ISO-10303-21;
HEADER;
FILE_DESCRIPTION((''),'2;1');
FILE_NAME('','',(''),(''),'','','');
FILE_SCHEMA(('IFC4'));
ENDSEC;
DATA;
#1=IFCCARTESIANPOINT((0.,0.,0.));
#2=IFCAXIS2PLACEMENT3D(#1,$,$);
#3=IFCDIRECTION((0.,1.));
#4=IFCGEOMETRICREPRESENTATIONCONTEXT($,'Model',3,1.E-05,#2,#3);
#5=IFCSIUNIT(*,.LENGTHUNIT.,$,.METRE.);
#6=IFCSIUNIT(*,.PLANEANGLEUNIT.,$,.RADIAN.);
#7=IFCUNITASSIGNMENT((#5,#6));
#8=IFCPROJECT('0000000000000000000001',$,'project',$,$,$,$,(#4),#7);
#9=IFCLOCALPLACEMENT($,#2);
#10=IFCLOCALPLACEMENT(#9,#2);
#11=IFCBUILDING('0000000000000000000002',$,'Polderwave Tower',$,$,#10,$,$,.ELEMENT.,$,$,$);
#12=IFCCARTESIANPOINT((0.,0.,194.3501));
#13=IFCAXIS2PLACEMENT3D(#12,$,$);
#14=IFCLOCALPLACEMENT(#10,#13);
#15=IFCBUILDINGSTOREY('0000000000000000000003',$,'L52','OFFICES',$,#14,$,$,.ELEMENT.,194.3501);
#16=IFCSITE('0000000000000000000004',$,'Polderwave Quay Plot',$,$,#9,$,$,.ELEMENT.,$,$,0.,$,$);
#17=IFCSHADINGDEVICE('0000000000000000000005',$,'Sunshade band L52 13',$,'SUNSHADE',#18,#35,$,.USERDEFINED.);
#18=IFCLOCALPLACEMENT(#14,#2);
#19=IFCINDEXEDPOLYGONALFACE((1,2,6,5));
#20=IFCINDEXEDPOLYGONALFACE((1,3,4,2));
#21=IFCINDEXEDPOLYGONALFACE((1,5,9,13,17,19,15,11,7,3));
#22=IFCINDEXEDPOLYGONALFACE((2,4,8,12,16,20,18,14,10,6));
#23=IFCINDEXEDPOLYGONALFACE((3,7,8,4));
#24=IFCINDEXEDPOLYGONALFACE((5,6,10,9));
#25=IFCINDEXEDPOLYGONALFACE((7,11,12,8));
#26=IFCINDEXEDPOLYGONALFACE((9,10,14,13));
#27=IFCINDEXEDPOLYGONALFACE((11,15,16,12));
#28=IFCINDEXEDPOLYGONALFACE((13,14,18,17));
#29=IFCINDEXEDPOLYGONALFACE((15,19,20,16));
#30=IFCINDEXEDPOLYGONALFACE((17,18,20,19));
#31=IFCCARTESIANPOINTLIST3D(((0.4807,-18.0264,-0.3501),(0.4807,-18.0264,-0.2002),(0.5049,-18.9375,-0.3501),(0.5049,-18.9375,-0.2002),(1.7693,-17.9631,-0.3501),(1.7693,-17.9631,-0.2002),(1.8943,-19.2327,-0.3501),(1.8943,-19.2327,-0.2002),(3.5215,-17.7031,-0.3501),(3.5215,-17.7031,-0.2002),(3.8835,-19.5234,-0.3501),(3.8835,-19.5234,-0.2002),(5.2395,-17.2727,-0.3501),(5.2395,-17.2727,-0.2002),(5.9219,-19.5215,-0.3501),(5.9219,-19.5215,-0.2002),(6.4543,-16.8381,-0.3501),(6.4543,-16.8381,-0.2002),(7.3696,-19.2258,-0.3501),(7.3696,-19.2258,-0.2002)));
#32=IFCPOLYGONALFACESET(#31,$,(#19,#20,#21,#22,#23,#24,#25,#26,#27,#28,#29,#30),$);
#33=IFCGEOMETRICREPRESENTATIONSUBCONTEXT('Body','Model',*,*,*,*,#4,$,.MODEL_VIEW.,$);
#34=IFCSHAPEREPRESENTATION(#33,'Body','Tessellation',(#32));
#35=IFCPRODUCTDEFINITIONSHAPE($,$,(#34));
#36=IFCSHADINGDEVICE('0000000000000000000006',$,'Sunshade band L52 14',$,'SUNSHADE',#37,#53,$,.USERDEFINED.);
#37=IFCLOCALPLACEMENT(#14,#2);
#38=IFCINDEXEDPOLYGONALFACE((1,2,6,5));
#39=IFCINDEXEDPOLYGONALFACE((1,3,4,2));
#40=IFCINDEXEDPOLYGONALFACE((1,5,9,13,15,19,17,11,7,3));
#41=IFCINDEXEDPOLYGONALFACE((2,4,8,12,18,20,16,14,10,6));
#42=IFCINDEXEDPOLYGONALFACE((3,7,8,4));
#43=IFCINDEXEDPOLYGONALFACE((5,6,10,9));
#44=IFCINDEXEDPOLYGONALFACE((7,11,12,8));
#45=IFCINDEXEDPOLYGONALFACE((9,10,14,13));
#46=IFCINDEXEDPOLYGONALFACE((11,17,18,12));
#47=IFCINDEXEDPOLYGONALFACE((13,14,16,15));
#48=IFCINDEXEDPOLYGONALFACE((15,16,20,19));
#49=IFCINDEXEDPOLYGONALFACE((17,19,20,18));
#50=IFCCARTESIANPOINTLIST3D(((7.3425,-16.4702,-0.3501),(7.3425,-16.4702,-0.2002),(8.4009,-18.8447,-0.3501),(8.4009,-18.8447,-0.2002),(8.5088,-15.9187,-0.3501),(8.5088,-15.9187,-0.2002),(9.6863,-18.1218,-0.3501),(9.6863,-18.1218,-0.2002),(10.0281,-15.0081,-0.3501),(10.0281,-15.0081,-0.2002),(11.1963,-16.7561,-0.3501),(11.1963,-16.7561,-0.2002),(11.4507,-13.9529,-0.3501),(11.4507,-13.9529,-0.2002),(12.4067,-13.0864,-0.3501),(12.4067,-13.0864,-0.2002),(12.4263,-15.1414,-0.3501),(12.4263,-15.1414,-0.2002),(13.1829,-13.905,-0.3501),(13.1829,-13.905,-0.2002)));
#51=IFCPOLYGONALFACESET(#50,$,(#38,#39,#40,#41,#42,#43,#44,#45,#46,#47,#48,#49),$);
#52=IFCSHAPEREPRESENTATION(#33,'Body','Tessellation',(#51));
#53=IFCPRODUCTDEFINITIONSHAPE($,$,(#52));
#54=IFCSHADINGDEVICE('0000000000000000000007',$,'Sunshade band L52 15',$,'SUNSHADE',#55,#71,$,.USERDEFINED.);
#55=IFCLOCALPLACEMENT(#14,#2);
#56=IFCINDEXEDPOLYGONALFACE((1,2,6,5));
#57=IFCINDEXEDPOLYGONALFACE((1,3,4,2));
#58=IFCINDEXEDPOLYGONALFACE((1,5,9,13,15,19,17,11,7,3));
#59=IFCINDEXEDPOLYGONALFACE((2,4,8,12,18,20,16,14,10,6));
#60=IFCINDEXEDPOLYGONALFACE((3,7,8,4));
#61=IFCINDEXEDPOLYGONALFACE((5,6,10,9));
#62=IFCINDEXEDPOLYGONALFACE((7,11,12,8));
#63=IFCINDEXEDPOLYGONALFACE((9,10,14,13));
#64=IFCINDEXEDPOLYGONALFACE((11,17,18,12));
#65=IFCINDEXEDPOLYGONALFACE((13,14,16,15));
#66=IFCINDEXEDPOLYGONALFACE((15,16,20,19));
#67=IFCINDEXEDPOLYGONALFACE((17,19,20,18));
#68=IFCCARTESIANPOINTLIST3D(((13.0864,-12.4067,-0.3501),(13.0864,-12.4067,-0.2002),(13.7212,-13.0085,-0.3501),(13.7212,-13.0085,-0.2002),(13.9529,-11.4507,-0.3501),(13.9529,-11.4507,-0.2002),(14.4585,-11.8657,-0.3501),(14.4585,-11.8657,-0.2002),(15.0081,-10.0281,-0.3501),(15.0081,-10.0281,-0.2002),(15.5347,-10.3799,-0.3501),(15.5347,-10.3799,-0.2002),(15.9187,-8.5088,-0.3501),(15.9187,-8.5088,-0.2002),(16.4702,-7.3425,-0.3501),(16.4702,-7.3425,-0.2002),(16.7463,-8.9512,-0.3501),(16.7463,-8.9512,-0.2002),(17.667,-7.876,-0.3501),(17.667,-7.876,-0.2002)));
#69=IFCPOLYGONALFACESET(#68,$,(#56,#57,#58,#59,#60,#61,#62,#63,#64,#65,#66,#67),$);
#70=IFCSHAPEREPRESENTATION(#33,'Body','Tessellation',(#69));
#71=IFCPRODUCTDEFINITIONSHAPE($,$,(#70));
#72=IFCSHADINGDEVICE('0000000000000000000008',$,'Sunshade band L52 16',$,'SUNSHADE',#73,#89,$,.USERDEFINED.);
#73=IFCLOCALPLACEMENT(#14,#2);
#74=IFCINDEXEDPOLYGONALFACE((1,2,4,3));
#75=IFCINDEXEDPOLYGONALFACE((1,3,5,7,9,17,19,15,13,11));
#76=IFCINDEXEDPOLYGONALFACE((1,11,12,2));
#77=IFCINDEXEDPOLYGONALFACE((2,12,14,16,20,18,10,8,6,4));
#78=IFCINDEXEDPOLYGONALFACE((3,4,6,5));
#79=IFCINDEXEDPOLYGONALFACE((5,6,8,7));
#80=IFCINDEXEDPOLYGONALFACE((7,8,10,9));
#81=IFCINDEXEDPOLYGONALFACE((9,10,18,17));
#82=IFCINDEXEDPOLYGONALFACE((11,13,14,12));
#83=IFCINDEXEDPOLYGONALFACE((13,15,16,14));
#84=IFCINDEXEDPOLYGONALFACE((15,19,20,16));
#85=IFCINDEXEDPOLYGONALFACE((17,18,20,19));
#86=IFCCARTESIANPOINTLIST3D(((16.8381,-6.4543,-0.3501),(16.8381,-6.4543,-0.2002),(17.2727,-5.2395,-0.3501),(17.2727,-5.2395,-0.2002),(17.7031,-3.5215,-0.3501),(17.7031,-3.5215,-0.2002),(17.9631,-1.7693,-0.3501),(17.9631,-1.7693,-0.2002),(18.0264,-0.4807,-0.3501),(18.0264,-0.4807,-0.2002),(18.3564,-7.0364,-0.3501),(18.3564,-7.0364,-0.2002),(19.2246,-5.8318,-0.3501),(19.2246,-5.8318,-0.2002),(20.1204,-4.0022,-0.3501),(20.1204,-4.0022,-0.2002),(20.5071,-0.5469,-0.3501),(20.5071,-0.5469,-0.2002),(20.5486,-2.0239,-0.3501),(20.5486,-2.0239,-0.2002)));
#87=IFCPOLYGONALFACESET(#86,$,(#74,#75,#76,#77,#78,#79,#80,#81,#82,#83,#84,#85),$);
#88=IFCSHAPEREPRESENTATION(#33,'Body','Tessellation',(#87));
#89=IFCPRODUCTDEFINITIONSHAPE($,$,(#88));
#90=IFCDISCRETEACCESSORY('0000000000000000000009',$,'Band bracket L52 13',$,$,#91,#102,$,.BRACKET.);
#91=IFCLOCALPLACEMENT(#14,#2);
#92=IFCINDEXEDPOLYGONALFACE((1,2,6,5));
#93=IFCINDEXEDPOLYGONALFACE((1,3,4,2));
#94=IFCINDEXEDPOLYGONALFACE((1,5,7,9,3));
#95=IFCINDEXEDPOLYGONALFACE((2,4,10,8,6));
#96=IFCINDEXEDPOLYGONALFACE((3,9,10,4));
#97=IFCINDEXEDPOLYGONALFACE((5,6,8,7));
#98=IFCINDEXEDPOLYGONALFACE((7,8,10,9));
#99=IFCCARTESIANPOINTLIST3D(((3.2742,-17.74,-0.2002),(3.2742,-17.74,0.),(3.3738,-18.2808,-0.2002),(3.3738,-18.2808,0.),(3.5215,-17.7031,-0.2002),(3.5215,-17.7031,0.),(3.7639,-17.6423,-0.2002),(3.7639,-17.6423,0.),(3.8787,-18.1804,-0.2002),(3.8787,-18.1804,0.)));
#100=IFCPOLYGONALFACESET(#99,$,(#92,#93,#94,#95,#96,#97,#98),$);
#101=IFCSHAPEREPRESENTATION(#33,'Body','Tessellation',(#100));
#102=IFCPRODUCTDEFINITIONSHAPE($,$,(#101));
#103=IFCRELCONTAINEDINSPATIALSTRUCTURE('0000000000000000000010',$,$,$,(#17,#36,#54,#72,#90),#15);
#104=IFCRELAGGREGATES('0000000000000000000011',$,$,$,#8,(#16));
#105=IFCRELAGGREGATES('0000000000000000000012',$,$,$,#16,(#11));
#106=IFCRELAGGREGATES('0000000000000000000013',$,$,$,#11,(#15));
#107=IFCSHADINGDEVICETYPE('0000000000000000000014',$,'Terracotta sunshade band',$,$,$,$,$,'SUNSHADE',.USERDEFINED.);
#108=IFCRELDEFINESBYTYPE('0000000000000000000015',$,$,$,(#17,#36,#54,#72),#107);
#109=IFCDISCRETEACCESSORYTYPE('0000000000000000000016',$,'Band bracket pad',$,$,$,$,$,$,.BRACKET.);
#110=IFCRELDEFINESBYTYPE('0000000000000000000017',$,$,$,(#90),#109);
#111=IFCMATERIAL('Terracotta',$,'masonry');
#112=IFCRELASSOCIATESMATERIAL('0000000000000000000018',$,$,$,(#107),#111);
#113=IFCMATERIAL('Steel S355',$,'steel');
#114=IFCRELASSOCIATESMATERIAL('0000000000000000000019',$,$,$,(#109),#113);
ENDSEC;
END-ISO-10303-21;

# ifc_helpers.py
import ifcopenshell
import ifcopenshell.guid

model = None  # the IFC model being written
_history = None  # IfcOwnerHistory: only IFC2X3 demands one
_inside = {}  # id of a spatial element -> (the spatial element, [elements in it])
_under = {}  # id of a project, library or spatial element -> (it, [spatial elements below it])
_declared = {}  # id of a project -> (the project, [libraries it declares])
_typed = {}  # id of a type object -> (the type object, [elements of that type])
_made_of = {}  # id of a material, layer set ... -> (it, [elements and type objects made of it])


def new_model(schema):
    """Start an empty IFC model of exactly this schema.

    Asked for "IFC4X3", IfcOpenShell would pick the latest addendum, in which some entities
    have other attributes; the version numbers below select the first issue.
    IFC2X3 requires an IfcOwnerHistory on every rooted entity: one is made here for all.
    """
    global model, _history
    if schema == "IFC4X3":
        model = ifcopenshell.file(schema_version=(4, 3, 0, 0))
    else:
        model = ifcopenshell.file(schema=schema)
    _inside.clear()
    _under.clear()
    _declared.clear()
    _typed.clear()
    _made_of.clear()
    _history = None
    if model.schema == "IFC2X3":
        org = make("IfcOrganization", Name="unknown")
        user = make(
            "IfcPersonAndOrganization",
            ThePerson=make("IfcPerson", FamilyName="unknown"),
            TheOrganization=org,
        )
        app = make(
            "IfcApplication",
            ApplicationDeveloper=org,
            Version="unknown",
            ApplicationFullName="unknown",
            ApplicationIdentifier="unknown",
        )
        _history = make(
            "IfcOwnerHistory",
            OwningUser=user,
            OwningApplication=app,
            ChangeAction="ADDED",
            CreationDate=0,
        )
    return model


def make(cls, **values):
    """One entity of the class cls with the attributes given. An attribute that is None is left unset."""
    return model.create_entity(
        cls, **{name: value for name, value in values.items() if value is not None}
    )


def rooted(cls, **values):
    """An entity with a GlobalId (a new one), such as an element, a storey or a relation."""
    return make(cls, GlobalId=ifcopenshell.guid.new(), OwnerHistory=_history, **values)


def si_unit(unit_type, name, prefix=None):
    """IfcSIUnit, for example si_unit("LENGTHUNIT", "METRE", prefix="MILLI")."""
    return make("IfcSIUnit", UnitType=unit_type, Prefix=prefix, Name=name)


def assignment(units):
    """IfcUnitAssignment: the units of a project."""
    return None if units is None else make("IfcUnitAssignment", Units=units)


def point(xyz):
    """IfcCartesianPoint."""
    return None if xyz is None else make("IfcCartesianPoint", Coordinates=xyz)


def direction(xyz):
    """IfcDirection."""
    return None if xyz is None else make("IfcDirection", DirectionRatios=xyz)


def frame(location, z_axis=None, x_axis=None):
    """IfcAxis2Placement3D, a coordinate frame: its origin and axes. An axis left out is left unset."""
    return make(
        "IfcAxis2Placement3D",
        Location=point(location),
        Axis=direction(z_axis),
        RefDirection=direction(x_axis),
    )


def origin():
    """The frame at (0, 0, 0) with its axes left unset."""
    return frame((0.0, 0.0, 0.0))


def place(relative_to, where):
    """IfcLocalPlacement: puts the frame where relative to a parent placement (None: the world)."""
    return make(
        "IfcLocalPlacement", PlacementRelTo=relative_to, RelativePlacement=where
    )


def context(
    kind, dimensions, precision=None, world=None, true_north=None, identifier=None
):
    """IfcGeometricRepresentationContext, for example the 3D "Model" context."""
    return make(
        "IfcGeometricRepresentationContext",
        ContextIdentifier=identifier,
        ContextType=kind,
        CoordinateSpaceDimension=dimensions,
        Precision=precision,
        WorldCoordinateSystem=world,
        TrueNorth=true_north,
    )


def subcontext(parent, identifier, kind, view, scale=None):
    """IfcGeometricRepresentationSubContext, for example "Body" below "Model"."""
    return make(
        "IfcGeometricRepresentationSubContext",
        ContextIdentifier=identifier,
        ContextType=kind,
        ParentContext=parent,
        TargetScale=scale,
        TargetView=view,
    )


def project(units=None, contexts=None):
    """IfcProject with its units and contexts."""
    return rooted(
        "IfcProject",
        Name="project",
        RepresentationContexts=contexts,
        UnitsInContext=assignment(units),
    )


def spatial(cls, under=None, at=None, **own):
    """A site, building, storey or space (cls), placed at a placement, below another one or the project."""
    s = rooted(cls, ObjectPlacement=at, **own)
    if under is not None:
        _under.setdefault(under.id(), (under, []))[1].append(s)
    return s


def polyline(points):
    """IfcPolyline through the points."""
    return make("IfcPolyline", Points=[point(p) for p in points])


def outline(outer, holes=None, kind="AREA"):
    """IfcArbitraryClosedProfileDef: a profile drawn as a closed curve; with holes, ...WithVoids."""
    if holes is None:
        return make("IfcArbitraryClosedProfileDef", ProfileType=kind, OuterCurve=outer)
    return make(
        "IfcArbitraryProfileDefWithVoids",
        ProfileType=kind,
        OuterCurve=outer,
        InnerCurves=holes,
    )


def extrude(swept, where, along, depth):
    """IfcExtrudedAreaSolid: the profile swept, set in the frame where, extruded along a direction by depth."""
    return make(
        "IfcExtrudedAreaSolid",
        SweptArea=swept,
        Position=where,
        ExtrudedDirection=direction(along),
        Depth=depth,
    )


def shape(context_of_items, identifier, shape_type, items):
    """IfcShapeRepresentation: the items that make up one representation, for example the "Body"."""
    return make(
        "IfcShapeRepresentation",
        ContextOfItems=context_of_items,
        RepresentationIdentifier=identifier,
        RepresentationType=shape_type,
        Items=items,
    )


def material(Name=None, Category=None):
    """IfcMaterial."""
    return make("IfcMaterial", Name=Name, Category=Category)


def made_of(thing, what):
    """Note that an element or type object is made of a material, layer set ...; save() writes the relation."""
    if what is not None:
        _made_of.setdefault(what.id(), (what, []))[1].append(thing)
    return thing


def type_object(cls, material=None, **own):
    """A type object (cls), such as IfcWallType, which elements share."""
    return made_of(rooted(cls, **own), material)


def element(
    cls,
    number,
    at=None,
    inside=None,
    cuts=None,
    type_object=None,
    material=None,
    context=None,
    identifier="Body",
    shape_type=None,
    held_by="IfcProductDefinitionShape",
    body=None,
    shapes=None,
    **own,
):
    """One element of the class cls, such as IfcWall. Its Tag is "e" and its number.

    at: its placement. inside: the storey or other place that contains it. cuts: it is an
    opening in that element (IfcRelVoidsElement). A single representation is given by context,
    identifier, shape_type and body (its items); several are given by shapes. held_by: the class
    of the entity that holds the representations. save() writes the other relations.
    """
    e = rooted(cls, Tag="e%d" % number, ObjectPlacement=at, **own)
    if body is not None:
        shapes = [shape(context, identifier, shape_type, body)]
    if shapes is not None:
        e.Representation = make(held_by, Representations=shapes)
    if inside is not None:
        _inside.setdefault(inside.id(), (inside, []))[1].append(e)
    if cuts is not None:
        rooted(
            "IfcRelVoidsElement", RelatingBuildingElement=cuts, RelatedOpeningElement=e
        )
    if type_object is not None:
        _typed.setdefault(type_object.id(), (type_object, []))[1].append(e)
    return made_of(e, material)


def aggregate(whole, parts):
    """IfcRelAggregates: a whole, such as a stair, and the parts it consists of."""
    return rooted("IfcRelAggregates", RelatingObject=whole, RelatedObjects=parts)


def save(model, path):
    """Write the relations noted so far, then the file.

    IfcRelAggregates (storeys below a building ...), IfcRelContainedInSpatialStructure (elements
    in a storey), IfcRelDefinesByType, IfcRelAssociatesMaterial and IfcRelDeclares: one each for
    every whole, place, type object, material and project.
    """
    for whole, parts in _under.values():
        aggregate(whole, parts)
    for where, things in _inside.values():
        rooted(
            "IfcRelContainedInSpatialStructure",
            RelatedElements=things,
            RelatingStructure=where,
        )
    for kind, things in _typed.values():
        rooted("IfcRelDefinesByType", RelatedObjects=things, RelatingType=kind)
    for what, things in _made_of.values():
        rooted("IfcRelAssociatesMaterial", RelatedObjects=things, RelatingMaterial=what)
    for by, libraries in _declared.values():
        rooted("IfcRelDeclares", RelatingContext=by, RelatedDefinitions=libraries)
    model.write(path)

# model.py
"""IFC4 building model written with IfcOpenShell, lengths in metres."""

from ifc_helpers import new_model, si_unit, direction, frame, origin, place, context, subcontext, project, spatial, polyline, outline, extrude, material, type_object, element, save


model = new_model("IFC4")

# Units and contexts
model_context = context("Model", 3, precision=1e-05, world=origin(), true_north=direction((0.0, 1.0)))
body_context = subcontext(model_context, "Body", "Model", "MODEL_VIEW")
ifc_project = project(units=[si_unit("LENGTHUNIT", "METRE"), si_unit("PLANEANGLEUNIT", "RADIAN")], contexts=[model_context])

# Site, building, storey
site_placement = place(None, origin())
site = spatial("IfcSite", under=ifc_project, at=site_placement, Name="Polderwave Quay Plot", CompositionType="ELEMENT", RefElevation=0.0)
building_placement = place(site_placement, origin())
building = spatial("IfcBuilding", under=site, at=building_placement, Name="Polderwave Tower", CompositionType="ELEMENT")
storey_placement = place(building_placement, frame((0.0, 0.0, 194.3501)))
storey = spatial("IfcBuildingStorey", under=building, at=storey_placement, Name="L52", Description="OFFICES", CompositionType="ELEMENT", Elevation=194.3501)

# Shading devices
ifc_material_1 = material(Name="Terracotta", Category="masonry")
shading_device_type = type_object("IfcShadingDeviceType", Name="Terracotta sunshade band", ElementType="SUNSHADE", PredefinedType="USERDEFINED", material=ifc_material_1)
shading_device_1_placement = place(storey_placement, frame((0.0, 0.0, -0.3501)))
element("IfcShadingDevice", 1, at=shading_device_1_placement, inside=storey, type_object=shading_device_type, Name="Sunshade band L52 13", ObjectType="SUNSHADE", PredefinedType="USERDEFINED", context=body_context, shape_type="SweptSolid", body=[
    extrude(outline(polyline([(0.4807, -18.0264), (1.7693, -17.9631), (3.5215, -17.7031), (5.2395, -17.2727), (6.4543, -16.8381), (7.3696, -19.2258), (5.9219, -19.5215), (3.8835, -19.5234), (1.8943, -19.2327), (0.5049, -18.9375), (0.4807, -18.0264)])), origin(), (0.0, 0.0, 1.0), 0.1499),
])
shading_device_2_placement = place(storey_placement, frame((0.0, 0.0, -0.3501)))
element("IfcShadingDevice", 2, at=shading_device_2_placement, inside=storey, type_object=shading_device_type, Name="Sunshade band L52 14", ObjectType="SUNSHADE", PredefinedType="USERDEFINED", context=body_context, shape_type="SweptSolid", body=[
    extrude(outline(polyline([(7.3425, -16.4702), (8.5088, -15.9187), (10.0281, -15.0081), (11.4507, -13.9529), (12.4067, -13.0864), (13.1829, -13.905), (12.4263, -15.1414), (11.1963, -16.7561), (9.6863, -18.1218), (8.4009, -18.8447), (7.3425, -16.4702)])), origin(), (0.0, 0.0, 1.0), 0.1499),
])
shading_device_3_placement = place(storey_placement, frame((0.0, 0.0, -0.3501)))
element("IfcShadingDevice", 3, at=shading_device_3_placement, inside=storey, type_object=shading_device_type, Name="Sunshade band L52 15", ObjectType="SUNSHADE", PredefinedType="USERDEFINED", context=body_context, shape_type="SweptSolid", body=[
    extrude(outline(polyline([(13.0864, -12.4067), (13.9529, -11.4507), (15.0081, -10.0281), (15.9187, -8.5088), (16.4702, -7.3425), (17.667, -7.876), (16.7463, -8.9512), (15.5347, -10.3799), (14.4585, -11.8657), (13.7212, -13.0085), (13.0864, -12.4067)])), origin(), (0.0, 0.0, 1.0), 0.1499),
])
shading_device_4_placement = place(storey_placement, frame((0.0, 0.0, -0.3501)))
element("IfcShadingDevice", 4, at=shading_device_4_placement, inside=storey, type_object=shading_device_type, Name="Sunshade band L52 16", ObjectType="SUNSHADE", PredefinedType="USERDEFINED", context=body_context, shape_type="SweptSolid", body=[
    extrude(outline(polyline([(16.8381, -6.4543), (17.2727, -5.2395), (17.7031, -3.5215), (17.9631, -1.7693), (18.0264, -0.4807), (20.5071, -0.5469), (20.5486, -2.0239), (20.1204, -4.0022), (19.2246, -5.8318), (18.3564, -7.0364), (16.8381, -6.4543)])), origin(), (0.0, 0.0, 1.0), 0.1499),
])

# Discrete accessory
ifc_material_2 = material(Name="Steel S355", Category="steel")
discrete_accessory_type = type_object("IfcDiscreteAccessoryType", Name="Band bracket pad", PredefinedType="BRACKET", material=ifc_material_2)
discrete_accessory_placement = place(storey_placement, frame((0.0, 0.0, -0.2002)))
element("IfcDiscreteAccessory", 5, at=discrete_accessory_placement, inside=storey, type_object=discrete_accessory_type, Name="Band bracket L52 13", PredefinedType="BRACKET", context=body_context, shape_type="SweptSolid", body=[
    extrude(outline(polyline([(3.2742, -17.74), (3.5215, -17.7031), (3.7639, -17.6423), (3.8787, -18.1804), (3.3738, -18.2808), (3.2742, -17.74)])), origin(), (0.0, 0.0, 1.0), 0.2002),
])

save(model, "model.ifc")
